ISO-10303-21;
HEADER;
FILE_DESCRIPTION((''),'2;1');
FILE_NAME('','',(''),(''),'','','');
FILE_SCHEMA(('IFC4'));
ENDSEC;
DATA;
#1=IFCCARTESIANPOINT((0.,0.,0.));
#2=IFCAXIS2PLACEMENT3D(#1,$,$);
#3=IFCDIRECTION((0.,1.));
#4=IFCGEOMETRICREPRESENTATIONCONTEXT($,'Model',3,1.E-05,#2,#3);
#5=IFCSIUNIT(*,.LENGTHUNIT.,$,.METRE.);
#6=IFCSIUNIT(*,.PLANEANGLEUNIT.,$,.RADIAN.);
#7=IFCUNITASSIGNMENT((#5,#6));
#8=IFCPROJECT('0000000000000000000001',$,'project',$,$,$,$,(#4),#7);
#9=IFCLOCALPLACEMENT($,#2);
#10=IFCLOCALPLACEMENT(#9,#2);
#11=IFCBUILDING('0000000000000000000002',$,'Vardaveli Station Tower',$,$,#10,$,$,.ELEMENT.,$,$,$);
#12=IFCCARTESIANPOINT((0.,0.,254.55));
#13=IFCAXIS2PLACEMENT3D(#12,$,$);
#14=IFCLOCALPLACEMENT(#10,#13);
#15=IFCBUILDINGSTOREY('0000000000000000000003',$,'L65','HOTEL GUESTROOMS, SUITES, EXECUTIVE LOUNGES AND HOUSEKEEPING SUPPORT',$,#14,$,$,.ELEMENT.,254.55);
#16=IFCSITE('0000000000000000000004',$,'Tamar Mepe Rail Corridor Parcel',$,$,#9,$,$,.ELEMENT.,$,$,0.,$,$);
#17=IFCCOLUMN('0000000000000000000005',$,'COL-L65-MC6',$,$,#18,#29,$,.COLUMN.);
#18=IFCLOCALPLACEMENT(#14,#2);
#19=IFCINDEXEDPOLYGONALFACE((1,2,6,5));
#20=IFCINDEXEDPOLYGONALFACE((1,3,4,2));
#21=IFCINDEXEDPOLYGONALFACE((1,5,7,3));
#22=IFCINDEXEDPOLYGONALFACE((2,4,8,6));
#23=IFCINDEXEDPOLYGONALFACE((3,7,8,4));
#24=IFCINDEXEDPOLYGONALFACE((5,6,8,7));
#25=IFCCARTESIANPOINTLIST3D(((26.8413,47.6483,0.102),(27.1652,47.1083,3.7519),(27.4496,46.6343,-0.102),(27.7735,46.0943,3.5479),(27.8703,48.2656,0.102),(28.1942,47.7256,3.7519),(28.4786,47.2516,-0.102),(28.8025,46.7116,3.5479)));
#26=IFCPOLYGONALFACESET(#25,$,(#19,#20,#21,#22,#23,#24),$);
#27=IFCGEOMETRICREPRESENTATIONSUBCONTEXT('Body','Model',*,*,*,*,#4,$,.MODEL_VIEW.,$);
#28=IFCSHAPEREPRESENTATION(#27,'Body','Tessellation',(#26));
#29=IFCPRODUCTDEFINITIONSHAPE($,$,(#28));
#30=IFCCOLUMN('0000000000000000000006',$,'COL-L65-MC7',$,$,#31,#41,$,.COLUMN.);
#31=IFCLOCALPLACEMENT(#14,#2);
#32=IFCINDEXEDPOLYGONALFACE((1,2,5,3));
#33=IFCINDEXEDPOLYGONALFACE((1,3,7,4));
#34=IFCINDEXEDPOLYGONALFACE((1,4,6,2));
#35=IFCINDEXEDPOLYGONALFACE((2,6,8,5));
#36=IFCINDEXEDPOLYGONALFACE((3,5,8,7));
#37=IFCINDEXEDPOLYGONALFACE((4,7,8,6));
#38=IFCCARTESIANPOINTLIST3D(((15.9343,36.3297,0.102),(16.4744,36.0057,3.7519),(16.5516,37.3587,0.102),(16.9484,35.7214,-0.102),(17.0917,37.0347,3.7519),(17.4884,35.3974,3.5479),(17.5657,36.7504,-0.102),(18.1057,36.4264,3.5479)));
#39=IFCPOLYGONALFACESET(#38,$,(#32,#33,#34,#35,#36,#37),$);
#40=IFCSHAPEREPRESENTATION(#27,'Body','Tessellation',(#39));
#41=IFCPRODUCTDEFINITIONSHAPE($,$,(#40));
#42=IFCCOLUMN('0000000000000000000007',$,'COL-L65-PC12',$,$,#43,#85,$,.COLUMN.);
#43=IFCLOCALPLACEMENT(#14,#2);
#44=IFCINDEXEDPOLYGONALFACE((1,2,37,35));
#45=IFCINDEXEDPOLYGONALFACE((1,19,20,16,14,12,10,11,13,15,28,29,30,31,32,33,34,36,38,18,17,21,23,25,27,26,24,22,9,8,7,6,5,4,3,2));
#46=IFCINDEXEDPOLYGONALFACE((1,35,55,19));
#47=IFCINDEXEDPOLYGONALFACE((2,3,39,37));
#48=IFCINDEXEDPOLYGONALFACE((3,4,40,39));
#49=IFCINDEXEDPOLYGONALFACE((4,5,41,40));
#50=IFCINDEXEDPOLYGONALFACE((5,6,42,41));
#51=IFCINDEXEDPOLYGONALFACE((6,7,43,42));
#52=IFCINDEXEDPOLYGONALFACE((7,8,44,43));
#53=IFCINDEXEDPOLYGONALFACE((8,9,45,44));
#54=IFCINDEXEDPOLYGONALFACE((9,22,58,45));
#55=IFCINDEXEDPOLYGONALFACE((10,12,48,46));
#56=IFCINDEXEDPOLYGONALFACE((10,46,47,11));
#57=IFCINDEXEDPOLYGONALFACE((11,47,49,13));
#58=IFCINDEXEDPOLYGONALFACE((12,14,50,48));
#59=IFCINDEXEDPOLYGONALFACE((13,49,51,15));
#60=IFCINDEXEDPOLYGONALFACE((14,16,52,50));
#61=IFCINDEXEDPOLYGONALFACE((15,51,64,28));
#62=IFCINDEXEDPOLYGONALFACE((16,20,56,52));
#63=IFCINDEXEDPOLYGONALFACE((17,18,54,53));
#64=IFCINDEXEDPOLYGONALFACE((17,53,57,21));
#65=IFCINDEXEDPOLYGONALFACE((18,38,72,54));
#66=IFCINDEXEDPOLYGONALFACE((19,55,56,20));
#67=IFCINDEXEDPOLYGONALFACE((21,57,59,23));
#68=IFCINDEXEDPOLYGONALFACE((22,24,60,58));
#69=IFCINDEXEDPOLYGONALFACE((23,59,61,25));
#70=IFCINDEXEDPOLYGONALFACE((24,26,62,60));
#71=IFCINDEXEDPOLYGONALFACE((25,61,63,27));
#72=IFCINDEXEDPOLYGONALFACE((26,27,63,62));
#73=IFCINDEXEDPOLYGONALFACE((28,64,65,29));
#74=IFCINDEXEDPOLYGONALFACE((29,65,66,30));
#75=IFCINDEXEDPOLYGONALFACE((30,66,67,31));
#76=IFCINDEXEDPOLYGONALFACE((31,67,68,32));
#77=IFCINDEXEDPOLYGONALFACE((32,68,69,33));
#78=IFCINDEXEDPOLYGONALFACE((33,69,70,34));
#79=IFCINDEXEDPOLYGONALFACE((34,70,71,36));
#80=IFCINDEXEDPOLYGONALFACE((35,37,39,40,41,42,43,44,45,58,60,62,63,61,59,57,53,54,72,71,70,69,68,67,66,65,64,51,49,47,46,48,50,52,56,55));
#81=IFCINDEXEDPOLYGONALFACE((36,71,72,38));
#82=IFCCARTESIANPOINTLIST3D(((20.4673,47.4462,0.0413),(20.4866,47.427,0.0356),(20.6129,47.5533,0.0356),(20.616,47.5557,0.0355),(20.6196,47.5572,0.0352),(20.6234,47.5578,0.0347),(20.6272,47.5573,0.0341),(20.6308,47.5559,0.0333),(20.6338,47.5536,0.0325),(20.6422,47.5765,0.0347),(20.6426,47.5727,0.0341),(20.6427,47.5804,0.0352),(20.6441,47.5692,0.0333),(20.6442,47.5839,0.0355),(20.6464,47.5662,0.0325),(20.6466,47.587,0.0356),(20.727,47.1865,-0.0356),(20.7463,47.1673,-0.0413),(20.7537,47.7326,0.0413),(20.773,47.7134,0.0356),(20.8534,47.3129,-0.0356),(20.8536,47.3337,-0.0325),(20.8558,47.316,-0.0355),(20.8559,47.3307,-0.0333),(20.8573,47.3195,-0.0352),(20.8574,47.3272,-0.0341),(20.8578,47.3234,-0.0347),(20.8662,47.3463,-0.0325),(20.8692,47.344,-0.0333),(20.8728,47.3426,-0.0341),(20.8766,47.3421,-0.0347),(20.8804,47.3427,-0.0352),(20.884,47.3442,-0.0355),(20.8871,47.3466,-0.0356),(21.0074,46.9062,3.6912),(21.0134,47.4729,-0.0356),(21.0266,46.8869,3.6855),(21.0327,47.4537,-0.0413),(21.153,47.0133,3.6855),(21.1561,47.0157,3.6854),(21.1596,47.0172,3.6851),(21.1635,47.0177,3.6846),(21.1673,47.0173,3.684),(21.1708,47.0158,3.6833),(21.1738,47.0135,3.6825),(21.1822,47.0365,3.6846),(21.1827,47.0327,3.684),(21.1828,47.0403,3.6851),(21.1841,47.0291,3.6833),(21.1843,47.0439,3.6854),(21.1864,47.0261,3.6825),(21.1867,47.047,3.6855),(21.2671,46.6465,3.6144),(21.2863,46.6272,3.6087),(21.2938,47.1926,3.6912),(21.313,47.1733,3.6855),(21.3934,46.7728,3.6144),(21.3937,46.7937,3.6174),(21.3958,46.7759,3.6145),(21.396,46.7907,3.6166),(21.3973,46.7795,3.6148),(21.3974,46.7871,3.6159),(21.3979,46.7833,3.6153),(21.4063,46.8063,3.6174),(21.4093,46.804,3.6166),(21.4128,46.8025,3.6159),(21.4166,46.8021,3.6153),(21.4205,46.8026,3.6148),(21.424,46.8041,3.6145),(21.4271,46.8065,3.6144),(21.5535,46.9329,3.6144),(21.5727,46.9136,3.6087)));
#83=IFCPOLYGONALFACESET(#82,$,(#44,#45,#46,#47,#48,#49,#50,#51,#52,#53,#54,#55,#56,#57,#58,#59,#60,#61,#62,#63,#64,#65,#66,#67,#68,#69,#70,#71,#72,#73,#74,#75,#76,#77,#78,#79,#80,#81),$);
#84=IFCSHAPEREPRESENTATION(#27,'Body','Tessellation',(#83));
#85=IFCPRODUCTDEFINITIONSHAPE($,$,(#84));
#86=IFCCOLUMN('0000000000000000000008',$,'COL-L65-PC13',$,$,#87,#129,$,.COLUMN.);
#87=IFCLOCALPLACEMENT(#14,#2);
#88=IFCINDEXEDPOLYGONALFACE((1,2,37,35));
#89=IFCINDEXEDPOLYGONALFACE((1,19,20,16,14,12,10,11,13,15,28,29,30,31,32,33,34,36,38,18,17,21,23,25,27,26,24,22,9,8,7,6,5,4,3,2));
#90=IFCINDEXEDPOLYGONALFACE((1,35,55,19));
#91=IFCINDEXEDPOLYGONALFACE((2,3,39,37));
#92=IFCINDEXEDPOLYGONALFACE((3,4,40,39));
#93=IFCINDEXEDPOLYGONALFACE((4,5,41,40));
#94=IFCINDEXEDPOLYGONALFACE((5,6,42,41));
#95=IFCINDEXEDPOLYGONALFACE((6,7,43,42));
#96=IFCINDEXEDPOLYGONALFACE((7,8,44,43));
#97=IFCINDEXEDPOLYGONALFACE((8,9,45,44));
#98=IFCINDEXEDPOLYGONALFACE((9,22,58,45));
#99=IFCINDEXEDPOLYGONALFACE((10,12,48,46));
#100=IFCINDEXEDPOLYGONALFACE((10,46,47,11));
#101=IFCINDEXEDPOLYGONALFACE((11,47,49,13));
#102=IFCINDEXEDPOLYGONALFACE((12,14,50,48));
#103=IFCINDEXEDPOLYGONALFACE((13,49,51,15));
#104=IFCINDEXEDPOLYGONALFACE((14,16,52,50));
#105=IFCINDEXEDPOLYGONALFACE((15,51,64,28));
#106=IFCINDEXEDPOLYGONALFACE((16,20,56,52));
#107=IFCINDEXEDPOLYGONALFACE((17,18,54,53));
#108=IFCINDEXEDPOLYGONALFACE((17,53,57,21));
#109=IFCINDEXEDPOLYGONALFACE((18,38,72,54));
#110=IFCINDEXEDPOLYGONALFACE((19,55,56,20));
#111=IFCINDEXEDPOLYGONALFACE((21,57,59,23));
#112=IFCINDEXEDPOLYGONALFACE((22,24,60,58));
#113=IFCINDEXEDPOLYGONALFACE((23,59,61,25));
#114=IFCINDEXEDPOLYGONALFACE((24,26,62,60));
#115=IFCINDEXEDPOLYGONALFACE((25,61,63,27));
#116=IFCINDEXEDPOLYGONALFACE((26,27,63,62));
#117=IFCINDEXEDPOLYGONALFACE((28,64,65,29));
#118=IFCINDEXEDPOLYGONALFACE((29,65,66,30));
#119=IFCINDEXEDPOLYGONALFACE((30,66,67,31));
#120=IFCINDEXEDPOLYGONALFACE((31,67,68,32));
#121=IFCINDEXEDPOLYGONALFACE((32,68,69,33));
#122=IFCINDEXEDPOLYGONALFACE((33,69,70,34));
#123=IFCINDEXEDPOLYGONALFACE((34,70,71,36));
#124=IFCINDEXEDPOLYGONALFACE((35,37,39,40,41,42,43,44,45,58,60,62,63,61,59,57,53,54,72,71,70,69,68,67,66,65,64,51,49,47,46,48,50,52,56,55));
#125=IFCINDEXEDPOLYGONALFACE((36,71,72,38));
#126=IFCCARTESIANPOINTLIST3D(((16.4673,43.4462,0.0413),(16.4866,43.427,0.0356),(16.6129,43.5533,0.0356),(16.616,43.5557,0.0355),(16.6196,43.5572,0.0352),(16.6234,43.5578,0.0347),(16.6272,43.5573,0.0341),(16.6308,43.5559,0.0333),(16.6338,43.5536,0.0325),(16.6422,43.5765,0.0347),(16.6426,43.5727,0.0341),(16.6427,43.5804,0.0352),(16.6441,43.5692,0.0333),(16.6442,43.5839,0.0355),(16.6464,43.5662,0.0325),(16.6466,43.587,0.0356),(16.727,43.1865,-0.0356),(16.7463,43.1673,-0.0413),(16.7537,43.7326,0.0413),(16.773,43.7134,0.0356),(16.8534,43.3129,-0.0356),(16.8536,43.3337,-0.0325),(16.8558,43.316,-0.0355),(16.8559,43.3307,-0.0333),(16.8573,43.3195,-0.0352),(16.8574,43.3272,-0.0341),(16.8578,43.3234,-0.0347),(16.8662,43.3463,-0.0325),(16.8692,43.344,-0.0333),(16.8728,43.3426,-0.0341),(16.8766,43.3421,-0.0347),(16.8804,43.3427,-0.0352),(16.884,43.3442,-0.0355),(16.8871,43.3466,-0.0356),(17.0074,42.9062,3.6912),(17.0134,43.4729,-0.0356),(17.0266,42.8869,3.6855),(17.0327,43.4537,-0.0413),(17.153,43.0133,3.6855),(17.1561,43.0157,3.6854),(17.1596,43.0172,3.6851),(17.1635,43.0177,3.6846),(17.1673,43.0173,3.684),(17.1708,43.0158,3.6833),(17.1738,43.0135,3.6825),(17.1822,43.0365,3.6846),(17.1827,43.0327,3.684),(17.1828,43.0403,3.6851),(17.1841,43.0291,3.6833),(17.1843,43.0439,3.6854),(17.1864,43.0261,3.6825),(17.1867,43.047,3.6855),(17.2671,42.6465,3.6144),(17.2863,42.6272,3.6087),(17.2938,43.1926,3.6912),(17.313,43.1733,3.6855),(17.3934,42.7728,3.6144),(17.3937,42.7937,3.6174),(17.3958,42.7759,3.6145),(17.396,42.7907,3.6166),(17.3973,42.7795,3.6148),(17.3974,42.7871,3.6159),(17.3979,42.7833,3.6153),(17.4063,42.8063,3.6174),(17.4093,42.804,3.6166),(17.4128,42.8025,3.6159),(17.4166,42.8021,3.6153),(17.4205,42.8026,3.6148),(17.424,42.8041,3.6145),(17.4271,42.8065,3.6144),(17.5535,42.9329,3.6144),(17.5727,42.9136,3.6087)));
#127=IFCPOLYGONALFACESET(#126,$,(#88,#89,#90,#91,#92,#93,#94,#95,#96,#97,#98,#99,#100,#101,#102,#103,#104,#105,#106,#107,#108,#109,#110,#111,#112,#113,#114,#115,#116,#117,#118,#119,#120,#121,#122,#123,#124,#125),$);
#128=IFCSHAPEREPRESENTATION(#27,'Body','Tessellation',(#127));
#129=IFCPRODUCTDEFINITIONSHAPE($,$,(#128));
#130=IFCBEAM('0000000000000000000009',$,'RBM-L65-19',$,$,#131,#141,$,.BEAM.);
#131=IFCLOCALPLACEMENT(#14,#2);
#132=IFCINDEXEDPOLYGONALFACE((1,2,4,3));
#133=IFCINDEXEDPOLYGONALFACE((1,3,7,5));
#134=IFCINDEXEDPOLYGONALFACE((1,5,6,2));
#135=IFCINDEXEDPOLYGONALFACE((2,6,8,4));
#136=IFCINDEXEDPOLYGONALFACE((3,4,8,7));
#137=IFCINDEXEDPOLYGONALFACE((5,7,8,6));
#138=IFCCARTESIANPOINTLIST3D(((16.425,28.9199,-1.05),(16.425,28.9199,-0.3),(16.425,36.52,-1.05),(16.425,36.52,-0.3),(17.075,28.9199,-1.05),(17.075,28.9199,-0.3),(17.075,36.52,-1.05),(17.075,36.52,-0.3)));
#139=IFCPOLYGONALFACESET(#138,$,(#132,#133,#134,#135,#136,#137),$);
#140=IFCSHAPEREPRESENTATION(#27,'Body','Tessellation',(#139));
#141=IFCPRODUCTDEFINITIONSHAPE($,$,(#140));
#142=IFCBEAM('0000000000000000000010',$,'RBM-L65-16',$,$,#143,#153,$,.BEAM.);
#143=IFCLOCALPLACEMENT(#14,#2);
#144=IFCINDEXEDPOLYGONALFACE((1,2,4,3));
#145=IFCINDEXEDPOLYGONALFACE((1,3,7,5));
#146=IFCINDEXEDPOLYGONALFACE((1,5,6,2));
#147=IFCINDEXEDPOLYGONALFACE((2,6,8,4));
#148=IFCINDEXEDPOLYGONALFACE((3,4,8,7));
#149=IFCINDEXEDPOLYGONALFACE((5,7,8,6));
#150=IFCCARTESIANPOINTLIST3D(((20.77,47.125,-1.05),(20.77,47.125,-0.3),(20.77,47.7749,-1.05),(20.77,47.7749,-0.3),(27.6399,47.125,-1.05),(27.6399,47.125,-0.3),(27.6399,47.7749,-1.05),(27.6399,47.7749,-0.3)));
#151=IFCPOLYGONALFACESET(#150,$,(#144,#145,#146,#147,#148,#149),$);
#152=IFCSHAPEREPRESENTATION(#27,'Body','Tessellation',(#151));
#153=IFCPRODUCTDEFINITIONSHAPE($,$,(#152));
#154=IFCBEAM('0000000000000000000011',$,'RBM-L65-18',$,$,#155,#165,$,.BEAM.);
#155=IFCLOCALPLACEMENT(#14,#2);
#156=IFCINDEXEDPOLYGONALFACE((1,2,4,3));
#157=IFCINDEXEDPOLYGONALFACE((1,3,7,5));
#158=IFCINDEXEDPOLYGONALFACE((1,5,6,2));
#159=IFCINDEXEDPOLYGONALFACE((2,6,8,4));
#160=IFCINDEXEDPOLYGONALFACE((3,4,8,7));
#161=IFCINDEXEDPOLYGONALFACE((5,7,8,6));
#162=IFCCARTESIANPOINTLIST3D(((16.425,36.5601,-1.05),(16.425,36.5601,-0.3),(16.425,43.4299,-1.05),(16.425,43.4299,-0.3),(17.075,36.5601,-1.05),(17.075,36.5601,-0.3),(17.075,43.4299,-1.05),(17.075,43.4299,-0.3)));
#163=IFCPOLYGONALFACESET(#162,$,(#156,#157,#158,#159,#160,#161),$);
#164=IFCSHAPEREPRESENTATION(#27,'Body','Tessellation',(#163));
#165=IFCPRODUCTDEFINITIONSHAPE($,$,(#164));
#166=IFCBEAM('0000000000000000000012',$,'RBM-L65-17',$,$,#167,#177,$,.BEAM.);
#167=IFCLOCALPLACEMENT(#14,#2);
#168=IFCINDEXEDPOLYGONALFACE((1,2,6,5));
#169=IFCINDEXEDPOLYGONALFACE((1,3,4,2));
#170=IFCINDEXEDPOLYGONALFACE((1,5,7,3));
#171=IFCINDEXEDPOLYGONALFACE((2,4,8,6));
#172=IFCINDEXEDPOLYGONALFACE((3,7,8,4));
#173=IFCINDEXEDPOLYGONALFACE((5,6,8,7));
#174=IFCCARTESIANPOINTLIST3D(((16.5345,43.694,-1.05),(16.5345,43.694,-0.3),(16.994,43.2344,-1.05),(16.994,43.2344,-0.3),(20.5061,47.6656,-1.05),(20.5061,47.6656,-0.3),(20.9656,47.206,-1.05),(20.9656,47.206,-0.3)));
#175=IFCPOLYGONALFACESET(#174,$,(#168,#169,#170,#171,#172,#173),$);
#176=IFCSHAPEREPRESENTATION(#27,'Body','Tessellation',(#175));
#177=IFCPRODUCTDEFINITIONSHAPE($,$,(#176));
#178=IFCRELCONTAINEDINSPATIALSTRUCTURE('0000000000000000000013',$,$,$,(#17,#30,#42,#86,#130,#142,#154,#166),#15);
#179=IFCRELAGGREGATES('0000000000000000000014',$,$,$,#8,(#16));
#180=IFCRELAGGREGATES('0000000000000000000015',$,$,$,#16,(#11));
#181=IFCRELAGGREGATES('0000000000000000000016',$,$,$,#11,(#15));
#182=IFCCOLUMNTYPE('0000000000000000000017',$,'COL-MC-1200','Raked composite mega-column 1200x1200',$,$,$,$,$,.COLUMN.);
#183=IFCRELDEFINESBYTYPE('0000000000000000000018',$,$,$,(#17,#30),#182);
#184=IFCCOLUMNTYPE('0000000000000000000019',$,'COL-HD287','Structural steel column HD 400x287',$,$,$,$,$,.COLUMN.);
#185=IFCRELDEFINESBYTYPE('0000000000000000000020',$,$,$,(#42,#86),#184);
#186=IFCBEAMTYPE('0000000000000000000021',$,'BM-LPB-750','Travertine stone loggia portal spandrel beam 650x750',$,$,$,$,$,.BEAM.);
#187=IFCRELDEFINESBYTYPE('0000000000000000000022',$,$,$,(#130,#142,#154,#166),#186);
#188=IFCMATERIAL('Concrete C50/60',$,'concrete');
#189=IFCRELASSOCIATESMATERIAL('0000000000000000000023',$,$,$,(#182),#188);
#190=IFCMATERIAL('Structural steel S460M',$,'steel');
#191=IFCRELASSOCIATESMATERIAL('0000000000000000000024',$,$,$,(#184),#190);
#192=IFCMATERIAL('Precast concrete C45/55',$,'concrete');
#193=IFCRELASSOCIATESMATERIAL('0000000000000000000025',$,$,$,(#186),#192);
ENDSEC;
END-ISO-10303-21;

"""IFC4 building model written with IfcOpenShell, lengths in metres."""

from ifc_helpers import new_model, si_unit, direction, frame, origin, origin_2d, place, context, subcontext, project, spatial, rectangle, i_section, extrude, source, transform, mapped, material, material_profile, profile_set, type_object, element, save


model = new_model("IFC4")

# Units and contexts
model_context = context("Model", 3, precision=1e-05, world=origin(), true_north=direction((0.0, 1.0)))
body_context = subcontext(model_context, "Body", "Model", "MODEL_VIEW")
ifc_project = project(units=[si_unit("LENGTHUNIT", "METRE"), si_unit("PLANEANGLEUNIT", "RADIAN")], contexts=[model_context])

# Site, building, storey
site_placement = place(None, origin())
site = spatial("IfcSite", under=ifc_project, at=site_placement, Name="Tamar Mepe Rail Corridor Parcel", CompositionType="ELEMENT", RefElevation=0.0)
building_placement = place(site_placement, origin())
building = spatial("IfcBuilding", under=site, at=building_placement, Name="Vardaveli Station Tower", CompositionType="ELEMENT")
storey_placement = place(building_placement, frame((0.0, 0.0, 254.55)))
storey = spatial("IfcBuildingStorey", under=building, at=storey_placement, Name="L65", Description="HOTEL GUESTROOMS, SUITES, EXECUTIVE LOUNGES AND HOUSEKEEPING SUPPORT", CompositionType="ELEMENT", Elevation=254.55)

# Columns
ifc_material_1 = material(Name="Concrete C50/60", Category="concrete")
ifc_material_profile_1 = material_profile(ifc_material_1, rectangle(XDim=1.2, YDim=1.2, at=origin_2d()), Name="MC 1200x1200")
ifc_profile_set_1 = profile_set([ifc_material_profile_1], Name="Concrete C50/60")
column_type_1 = type_object("IfcColumnType", Name="COL-MC-1200", Description="Raked composite mega-column 1200x1200", PredefinedType="COLUMN", material=ifc_profile_set_1)
shared_shape_1 = source(origin(), body_context, "Body", "SweptSolid", [
    extrude(rectangle(XDim=1.2, YDim=1.2, at=origin_2d()), origin(), (0.0, 0.0, 1.0), 3.7039),
])
for number, where, z_axis, x_axis, name in (
    (1, (27.6599, 47.45, 0.0), (0.08747, -0.145805, 0.985439), (0.857527, 0.514439, 0.0), "COL-L65-MC6"),
    (2, (16.75, 36.54, 0.0), (0.145805, -0.08747, 0.985439), (0.514439, 0.857527, 0.0), "COL-L65-MC7"),
):
    element("IfcColumn", number, at=place(storey_placement, frame(where, z_axis=z_axis, x_axis=x_axis)), inside=storey, type_object=column_type_1, Name=name, PredefinedType="COLUMN", context=body_context, shape_type="MappedRepresentation", body=[
        mapped(shared_shape_1, transform((0.0, 0.0, 0.0), scale=1.0)),
    ])
ifc_material_2 = material(Name="Structural steel S460M", Category="steel")
ifc_material_profile_2 = material_profile(ifc_material_2, i_section(OverallWidth=0.405, OverallDepth=0.4031, WebThickness=0.0178, FlangeThickness=0.0278, FilletRadius=0.0149, at=origin_2d()), Name="HD 400x287")
ifc_profile_set_2 = profile_set([ifc_material_profile_2], Name="Structural steel S460M")
column_type_2 = type_object("IfcColumnType", Name="COL-HD287", Description="Structural steel column HD 400x287", PredefinedType="COLUMN", material=ifc_profile_set_2)
shared_shape_2 = source(origin(), body_context, "Body", "SweptSolid", [
    extrude(i_section(OverallWidth=0.405, OverallDepth=0.4031, WebThickness=0.0178, FlangeThickness=0.0278, FilletRadius=0.0149, at=origin_2d()), origin(), (0.0, 0.0, 1.0), 3.729),
])
for number, where, z_axis, x_axis, name in (
    (3, (20.75, 47.45, 0.0), (0.144823, -0.144823, 0.978802), (0.707107, 0.707107, 0.0), "COL-L65-PC12"),
    (4, (16.75, 43.45, 0.0), (0.144823, -0.144823, 0.978802), (0.707107, 0.707107, 0.0), "COL-L65-PC13"),
):
    element("IfcColumn", number, at=place(storey_placement, frame(where, z_axis=z_axis, x_axis=x_axis)), inside=storey, type_object=column_type_2, Name=name, PredefinedType="COLUMN", context=body_context, shape_type="MappedRepresentation", body=[
        mapped(shared_shape_2, transform((0.0, 0.0, 0.0), scale=1.0)),
    ])

# Beams
ifc_material_3 = material(Name="Precast concrete C45/55", Category="concrete")
ifc_material_profile_3 = material_profile(ifc_material_3, rectangle(XDim=0.6499, YDim=0.75, at=origin_2d()), Name="LPB 650x750")
ifc_profile_set_3 = profile_set([ifc_material_profile_3], Name="Precast concrete C45/55")
beam_type_1 = type_object("IfcBeamType", Name="BM-LPB-750", Description="Travertine stone loggia portal spandrel beam 650x750", PredefinedType="BEAM", material=ifc_profile_set_3)
shared_shape_3 = source(origin(), body_context, "Body", "SweptSolid", [
    extrude(rectangle(XDim=0.6499, YDim=0.75, at=origin_2d()), origin(), (0.0, 0.0, 1.0), 7.6001),
])
beam_1_placement = place(storey_placement, frame((16.75, 36.52, -0.675), z_axis=(0.0, -1.0, 0.0), x_axis=(1.0, 0.0, 0.0)))
element("IfcBeam", 5, at=beam_1_placement, inside=storey, type_object=beam_type_1, Name="RBM-L65-19", PredefinedType="BEAM", context=body_context, shape_type="MappedRepresentation", body=[
    mapped(shared_shape_3, transform((0.0, 0.0, 0.0), scale=1.0)),
])
shared_shape_4 = source(origin(), body_context, "Body", "SweptSolid", [
    extrude(rectangle(XDim=0.6499, YDim=0.75, at=origin_2d()), origin(), (0.0, 0.0, 1.0), 6.8699),
])
for number, where, z_axis, x_axis, name in (
    (6, (27.6399, 47.45, -0.675), (-1.0, 0.0, 0.0), (0.0, -1.0, 0.0), "RBM-L65-16"),
    (7, (16.75, 43.4299, -0.675), (0.0, -1.0, 0.0), (1.0, 0.0, 0.0), "RBM-L65-18"),
):
    element("IfcBeam", number, at=place(storey_placement, frame(where, z_axis=z_axis, x_axis=x_axis)), inside=storey, type_object=beam_type_1, Name=name, PredefinedType="BEAM", context=body_context, shape_type="MappedRepresentation", body=[
        mapped(shared_shape_4, transform((0.0, 0.0, 0.0), scale=1.0)),
    ])
shared_shape_5 = source(origin(), body_context, "Body", "SweptSolid", [
    extrude(rectangle(XDim=0.6499, YDim=0.75, at=origin_2d()), origin(), (0.0, 0.0, 1.0), 5.6167),
])
beam_2_placement = place(storey_placement, frame((20.7358, 47.4358, -0.675), z_axis=(-0.707107, -0.707107, 0.0), x_axis=(0.707107, -0.707107, 0.0)))
element("IfcBeam", 8, at=beam_2_placement, inside=storey, type_object=beam_type_1, Name="RBM-L65-17", PredefinedType="BEAM", context=body_context, shape_type="MappedRepresentation", body=[
    mapped(shared_shape_5, transform((0.0, 0.0, 0.0), scale=1.0)),
])

save(model, "model.ifc")
